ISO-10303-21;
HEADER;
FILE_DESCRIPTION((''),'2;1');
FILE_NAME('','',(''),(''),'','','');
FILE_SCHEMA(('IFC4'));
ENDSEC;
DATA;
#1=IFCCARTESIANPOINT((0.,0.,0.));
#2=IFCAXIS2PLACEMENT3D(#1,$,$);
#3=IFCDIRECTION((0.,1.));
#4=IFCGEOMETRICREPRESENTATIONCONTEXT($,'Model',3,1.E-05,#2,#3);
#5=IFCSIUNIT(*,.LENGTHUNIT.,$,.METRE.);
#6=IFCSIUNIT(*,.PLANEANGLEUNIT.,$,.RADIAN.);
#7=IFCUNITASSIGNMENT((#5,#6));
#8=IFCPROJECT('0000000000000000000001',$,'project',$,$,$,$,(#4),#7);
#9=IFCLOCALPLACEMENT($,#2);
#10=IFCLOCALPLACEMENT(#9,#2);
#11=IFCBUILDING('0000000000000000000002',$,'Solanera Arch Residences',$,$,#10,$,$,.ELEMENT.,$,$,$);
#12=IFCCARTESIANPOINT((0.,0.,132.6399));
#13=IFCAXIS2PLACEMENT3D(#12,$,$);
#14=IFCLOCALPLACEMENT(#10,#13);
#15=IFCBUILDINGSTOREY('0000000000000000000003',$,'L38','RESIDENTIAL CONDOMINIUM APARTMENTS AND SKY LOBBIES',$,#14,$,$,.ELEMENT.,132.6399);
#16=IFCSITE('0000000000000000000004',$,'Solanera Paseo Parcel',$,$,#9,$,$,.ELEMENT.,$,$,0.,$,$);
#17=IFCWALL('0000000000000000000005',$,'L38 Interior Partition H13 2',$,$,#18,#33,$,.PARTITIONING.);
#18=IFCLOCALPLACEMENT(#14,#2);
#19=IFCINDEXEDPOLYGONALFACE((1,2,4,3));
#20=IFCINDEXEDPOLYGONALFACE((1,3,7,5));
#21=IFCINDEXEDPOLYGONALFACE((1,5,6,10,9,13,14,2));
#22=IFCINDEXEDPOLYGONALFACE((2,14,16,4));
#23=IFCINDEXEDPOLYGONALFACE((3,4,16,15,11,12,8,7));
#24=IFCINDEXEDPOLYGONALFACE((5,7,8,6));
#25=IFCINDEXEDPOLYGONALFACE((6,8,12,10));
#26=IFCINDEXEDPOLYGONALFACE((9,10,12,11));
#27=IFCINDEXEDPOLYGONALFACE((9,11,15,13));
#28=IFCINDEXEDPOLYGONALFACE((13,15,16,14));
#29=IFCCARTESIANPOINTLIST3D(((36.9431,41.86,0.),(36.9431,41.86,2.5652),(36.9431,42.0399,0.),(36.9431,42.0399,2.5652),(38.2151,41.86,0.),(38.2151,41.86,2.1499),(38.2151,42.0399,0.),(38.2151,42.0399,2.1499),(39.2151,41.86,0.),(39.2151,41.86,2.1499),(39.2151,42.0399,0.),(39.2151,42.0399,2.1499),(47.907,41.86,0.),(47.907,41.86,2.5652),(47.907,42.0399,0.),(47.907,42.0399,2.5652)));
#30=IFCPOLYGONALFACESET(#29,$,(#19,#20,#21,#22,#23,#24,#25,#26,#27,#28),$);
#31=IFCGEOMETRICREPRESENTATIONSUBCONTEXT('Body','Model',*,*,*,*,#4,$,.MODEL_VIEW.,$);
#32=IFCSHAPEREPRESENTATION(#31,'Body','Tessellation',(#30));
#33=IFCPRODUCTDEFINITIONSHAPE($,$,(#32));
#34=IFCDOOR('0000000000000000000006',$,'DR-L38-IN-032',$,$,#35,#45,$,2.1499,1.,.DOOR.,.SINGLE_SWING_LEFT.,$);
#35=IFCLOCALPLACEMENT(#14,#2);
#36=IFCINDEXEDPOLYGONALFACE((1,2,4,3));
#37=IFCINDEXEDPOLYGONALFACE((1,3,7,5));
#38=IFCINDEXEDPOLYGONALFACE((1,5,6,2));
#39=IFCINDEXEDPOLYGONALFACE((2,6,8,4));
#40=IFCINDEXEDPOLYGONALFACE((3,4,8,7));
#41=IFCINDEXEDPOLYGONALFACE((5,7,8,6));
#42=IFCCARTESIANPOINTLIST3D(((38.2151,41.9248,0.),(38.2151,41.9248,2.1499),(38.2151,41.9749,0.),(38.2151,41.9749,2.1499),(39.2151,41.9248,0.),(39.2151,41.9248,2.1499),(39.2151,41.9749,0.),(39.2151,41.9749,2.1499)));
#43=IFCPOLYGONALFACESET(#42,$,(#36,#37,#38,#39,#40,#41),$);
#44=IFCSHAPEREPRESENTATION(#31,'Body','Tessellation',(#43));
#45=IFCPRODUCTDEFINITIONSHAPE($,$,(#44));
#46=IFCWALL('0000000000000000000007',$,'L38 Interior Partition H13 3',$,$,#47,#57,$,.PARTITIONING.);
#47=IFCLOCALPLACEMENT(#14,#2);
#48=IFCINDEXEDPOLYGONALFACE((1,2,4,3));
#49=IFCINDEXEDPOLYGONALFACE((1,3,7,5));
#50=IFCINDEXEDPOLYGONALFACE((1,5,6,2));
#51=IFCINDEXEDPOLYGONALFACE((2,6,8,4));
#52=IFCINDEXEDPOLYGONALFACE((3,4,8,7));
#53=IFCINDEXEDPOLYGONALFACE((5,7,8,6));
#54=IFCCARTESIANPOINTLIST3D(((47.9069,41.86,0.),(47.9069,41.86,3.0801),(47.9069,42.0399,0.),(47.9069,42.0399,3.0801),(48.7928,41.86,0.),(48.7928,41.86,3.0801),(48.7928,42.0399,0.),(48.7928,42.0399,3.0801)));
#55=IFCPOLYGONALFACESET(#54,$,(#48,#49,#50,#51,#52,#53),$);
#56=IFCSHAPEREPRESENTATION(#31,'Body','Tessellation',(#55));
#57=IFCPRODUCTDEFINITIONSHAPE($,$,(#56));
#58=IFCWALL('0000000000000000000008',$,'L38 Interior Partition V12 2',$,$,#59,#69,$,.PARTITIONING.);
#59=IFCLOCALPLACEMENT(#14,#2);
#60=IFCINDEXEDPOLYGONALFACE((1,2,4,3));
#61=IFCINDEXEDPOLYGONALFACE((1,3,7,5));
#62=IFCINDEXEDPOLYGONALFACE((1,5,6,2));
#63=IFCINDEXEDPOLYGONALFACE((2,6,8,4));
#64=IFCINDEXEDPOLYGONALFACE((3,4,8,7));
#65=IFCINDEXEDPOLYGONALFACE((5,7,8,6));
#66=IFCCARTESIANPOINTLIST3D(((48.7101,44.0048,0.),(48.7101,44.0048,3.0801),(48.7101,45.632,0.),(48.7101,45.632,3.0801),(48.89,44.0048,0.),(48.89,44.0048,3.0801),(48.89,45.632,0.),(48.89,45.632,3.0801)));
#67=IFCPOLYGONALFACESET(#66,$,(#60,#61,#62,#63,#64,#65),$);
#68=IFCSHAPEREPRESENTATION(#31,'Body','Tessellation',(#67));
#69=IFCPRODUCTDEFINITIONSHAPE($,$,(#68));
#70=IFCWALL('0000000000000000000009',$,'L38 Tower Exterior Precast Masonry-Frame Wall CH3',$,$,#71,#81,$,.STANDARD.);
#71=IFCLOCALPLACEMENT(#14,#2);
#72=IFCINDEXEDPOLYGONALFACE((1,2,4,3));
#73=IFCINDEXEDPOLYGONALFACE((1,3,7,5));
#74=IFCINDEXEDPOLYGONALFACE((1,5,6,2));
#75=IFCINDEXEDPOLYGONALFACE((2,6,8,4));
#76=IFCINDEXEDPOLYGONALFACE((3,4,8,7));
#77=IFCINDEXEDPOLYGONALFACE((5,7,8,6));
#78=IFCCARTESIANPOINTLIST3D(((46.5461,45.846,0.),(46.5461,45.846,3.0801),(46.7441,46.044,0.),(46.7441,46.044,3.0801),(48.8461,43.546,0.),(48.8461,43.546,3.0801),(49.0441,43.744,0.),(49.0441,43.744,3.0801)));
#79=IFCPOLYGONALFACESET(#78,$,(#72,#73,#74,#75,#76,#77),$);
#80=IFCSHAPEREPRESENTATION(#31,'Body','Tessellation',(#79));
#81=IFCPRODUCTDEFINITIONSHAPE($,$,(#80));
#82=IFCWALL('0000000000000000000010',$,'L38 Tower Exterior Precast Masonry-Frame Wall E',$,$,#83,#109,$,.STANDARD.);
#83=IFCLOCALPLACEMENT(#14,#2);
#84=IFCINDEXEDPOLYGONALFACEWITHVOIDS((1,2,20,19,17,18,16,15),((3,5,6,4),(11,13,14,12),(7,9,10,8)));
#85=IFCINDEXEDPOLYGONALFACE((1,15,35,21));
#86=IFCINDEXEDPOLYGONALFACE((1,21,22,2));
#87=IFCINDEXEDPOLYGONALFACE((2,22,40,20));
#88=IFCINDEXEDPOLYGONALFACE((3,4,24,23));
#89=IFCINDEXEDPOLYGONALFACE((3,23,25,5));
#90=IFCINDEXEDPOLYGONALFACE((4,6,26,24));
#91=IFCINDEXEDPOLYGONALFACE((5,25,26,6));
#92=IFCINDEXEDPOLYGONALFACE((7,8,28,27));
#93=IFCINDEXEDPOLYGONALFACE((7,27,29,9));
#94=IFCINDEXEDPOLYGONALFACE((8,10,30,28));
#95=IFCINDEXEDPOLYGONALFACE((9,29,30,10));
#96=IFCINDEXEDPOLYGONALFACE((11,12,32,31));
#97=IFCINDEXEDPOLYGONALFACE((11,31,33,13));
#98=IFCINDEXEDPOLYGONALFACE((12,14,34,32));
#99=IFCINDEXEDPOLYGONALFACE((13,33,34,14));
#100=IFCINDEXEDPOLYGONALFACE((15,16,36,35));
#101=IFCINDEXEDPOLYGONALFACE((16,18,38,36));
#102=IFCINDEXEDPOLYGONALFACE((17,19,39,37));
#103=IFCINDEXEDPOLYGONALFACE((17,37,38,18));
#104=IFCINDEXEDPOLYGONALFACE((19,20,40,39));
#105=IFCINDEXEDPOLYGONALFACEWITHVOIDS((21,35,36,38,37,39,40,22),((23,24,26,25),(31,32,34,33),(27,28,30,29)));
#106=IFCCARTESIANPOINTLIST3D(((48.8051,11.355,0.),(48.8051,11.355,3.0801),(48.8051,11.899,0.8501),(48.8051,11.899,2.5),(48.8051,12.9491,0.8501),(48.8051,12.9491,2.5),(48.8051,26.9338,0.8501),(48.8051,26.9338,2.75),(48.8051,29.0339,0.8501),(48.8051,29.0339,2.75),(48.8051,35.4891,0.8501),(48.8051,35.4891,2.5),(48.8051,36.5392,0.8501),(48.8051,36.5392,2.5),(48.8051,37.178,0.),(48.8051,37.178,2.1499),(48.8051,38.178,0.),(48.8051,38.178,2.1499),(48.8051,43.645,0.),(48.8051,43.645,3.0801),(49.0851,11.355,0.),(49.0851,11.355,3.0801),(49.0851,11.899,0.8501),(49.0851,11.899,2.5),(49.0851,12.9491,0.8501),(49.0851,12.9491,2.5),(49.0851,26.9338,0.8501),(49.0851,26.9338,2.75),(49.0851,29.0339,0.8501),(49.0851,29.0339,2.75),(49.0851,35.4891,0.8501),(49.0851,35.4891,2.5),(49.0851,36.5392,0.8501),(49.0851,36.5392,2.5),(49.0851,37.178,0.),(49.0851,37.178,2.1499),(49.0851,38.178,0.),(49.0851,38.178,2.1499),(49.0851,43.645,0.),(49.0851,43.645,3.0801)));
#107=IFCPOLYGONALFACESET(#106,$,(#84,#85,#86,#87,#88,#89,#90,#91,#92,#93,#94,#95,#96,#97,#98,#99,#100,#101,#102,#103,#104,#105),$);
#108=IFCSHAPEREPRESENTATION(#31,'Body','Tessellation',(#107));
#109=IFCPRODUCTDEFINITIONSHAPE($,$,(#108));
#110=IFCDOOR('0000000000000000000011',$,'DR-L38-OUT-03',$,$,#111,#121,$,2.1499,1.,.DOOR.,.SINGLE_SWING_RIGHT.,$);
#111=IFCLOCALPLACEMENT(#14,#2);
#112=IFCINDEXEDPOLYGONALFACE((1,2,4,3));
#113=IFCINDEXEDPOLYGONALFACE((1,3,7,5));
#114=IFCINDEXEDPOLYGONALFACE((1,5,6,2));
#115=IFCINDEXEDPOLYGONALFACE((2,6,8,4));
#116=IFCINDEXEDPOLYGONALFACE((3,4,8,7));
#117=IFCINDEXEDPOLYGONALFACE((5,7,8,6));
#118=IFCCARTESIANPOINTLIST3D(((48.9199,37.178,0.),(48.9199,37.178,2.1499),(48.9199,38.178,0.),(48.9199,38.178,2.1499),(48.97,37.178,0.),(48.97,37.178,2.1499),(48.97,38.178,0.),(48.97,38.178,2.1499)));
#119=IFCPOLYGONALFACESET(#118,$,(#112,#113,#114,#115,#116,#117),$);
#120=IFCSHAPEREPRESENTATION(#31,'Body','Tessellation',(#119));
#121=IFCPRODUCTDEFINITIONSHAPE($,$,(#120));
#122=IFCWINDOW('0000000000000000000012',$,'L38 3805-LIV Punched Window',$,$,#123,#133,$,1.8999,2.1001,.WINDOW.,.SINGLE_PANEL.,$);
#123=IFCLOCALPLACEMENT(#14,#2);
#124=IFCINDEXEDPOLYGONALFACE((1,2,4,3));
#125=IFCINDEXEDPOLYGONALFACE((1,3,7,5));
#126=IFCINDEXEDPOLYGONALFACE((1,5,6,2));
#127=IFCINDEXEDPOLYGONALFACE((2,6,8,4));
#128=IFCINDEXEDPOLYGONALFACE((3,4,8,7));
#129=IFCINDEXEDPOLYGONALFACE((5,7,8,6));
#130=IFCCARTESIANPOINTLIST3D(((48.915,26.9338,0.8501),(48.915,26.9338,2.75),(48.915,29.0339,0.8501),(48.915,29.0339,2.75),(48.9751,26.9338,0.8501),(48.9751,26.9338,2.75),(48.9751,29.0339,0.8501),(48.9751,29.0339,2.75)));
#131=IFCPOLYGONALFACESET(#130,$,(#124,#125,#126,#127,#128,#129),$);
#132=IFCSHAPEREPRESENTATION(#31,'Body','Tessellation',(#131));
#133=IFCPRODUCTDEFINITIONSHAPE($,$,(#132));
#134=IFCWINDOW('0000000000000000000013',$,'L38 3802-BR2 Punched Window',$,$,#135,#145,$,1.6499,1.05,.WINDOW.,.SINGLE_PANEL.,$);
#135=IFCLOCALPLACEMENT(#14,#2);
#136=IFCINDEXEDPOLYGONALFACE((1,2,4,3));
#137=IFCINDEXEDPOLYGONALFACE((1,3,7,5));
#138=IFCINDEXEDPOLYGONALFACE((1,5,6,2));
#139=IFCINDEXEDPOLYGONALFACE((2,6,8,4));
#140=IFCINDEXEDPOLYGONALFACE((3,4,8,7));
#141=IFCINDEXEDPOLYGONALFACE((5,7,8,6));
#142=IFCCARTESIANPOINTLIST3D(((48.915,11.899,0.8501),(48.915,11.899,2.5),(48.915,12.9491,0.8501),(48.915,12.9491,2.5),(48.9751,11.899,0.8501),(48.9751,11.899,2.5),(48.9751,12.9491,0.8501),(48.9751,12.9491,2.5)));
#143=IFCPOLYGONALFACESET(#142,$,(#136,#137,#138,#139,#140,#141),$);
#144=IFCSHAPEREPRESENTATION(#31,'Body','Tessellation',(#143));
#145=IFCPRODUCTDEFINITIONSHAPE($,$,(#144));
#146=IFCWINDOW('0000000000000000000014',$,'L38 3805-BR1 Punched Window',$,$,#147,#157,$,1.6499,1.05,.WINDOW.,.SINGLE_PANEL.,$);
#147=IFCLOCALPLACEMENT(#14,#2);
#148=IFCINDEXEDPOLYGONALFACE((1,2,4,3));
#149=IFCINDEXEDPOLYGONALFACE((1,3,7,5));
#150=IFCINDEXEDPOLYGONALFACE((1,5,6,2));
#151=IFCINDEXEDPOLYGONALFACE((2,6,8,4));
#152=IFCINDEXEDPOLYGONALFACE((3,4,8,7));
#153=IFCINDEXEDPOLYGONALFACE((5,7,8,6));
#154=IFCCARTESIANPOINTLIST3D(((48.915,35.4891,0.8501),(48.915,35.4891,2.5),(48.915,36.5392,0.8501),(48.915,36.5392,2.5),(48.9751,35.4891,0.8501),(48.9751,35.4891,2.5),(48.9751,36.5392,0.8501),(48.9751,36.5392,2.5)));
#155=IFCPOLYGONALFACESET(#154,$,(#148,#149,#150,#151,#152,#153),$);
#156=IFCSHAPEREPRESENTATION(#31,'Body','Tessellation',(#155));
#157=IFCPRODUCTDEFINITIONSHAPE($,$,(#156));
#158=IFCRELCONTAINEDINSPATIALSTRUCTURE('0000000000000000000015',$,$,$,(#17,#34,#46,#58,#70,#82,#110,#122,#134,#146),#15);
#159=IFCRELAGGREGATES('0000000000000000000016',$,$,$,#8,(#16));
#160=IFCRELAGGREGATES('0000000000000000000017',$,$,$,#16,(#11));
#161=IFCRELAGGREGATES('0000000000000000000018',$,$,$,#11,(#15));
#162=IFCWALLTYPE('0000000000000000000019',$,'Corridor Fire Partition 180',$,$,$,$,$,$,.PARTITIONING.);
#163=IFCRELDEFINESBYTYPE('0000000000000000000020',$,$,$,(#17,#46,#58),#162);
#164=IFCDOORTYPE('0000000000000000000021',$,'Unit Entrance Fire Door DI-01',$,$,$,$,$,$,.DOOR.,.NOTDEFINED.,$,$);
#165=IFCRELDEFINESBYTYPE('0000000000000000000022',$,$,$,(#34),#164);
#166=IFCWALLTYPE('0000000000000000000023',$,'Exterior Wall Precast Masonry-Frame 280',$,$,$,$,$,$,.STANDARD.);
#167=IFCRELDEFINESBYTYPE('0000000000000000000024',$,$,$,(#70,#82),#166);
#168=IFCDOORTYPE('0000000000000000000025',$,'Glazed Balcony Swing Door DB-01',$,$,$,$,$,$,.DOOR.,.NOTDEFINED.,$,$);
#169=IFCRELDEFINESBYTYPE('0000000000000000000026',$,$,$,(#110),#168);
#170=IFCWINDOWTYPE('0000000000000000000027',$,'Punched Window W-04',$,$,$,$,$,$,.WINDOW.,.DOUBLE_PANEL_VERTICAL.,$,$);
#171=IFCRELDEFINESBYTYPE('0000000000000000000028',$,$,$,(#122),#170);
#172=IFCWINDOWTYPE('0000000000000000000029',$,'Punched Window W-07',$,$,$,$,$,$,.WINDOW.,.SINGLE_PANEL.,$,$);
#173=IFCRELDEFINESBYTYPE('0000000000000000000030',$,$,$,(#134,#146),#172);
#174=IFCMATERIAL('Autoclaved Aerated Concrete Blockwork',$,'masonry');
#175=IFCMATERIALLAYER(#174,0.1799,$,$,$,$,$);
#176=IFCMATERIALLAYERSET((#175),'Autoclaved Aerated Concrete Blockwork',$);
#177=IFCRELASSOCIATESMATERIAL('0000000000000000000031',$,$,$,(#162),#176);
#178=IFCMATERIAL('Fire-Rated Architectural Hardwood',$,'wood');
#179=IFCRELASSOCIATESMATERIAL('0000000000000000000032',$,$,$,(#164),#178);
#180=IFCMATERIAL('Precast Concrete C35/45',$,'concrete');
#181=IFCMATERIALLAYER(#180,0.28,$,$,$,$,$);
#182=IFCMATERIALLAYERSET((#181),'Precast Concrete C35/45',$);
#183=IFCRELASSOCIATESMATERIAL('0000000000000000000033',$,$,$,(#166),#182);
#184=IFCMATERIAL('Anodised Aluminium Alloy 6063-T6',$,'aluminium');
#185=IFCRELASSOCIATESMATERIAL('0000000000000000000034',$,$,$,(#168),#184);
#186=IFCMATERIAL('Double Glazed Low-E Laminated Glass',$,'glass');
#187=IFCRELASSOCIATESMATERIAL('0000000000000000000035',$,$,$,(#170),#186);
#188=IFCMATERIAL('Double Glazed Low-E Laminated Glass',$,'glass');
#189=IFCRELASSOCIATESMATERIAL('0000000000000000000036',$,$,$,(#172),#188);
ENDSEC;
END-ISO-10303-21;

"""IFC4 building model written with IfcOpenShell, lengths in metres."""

from ifc_helpers import new_model, si_unit, direction, frame, frame_2d, origin, place, context, subcontext, project, spatial, rectangle, extrude, material, layer, layer_set, type_object, element, fill, save


model = new_model("IFC4")

# Units and contexts
model_context = context("Model", 3, precision=1e-05, world=origin(), true_north=direction((0.0, 1.0)))
body_context = subcontext(model_context, "Body", "Model", "MODEL_VIEW")
ifc_project = project(units=[si_unit("LENGTHUNIT", "METRE"), si_unit("PLANEANGLEUNIT", "RADIAN")], contexts=[model_context])

# Site, building, storey
site_placement = place(None, origin())
site = spatial("IfcSite", under=ifc_project, at=site_placement, Name="Solanera Paseo Parcel", CompositionType="ELEMENT", RefElevation=0.0)
building_placement = place(site_placement, origin())
building = spatial("IfcBuilding", under=site, at=building_placement, Name="Solanera Arch Residences", CompositionType="ELEMENT")
storey_placement = place(building_placement, frame((0.0, 0.0, 132.6399)))
storey = spatial("IfcBuildingStorey", under=building, at=storey_placement, Name="L38", Description="RESIDENTIAL CONDOMINIUM APARTMENTS AND SKY LOBBIES", CompositionType="ELEMENT", Elevation=132.6399)

# Shared definitions
ifc_material_1 = material(Name="Autoclaved Aerated Concrete Blockwork", Category="masonry")
ifc_layer_1 = layer(ifc_material_1, 0.1799)
ifc_layer_set_1 = layer_set([ifc_layer_1], Name="Autoclaved Aerated Concrete Blockwork")
wall_type_1 = type_object("IfcWallType", Name="Corridor Fire Partition 180", PredefinedType="PARTITIONING", material=ifc_layer_set_1)

# Wall, opening, door
wall_1_placement = place(storey_placement, frame((36.9431, 41.95, 0.0), z_axis=(0.0, 0.0, 1.0), x_axis=(1.0, 0.0, 0.0)))
wall_1 = element("IfcWall", 1, at=wall_1_placement, inside=storey, type_object=wall_type_1, Name="L38 Interior Partition H13 2", PredefinedType="PARTITIONING", context=body_context, shape_type="SweptSolid", body=[
    extrude(rectangle(XDim=10.9639, YDim=0.1799, at=frame_2d((5.4819, 0.0))), origin(), (0.0, 0.0, 1.0), 2.5652),
])
opening_1_placement = place(wall_1_placement, frame((1.272, 0.0, 0.0)))
opening_1 = element("IfcOpeningElement", 2, at=opening_1_placement, cuts=wall_1, PredefinedType="OPENING", context=body_context, shape_type="SweptSolid", body=[
    extrude(rectangle(XDim=1.0, YDim=2.1499, at=frame_2d((0.5, 1.075))), frame((0.0, 0.1001, 0.0), z_axis=(0.0, -1.0, 0.0), x_axis=(1.0, 0.0, 0.0)), (0.0, 0.0, 1.0), 0.1999),
])
ifc_material_2 = material(Name="Fire-Rated Architectural Hardwood", Category="wood")
door_type_1 = type_object("IfcDoorType", Name="Unit Entrance Fire Door DI-01", OperationType="NOTDEFINED", PredefinedType="DOOR", material=ifc_material_2)
door_1_placement = place(opening_1_placement, origin())
door_1 = element("IfcDoor", 3, at=door_1_placement, inside=storey, type_object=door_type_1, Name="DR-L38-IN-032", OperationType="SINGLE_SWING_LEFT", OverallHeight=2.1499, OverallWidth=1.0, PredefinedType="DOOR", context=body_context, shape_type="SweptSolid", body=[
    extrude(rectangle(XDim=1.0, YDim=2.1499, at=frame_2d((0.5, 1.075))), frame((0.0, 0.0249, 0.0), z_axis=(0.0, -1.0, 0.0), x_axis=(1.0, 0.0, 0.0)), (0.0, 0.0, 1.0), 0.05),
])
fill(opening_1, door_1)

# Walls
wall_2_placement = place(storey_placement, frame((47.907, 41.95, 0.0), z_axis=(0.0, 0.0, 1.0), x_axis=(1.0, 0.0, 0.0)))
element("IfcWall", 4, at=wall_2_placement, inside=storey, type_object=wall_type_1, Name="L38 Interior Partition H13 3", PredefinedType="PARTITIONING", context=body_context, shape_type="SweptSolid", body=[
    extrude(rectangle(XDim=0.886, YDim=0.1799, at=frame_2d((0.4429, 0.0))), origin(), (0.0, 0.0, 1.0), 3.0801),
])
wall_3_placement = place(storey_placement, frame((48.8, 44.0049, 0.0), z_axis=(0.0, 0.0, 1.0), x_axis=(0.0, 1.0, 0.0)))
element("IfcWall", 5, at=wall_3_placement, inside=storey, type_object=wall_type_1, Name="L38 Interior Partition V12 2", PredefinedType="PARTITIONING", context=body_context, shape_type="SweptSolid", body=[
    extrude(rectangle(XDim=1.6272, YDim=0.1799, at=frame_2d((0.8135, 0.0))), origin(), (0.0, 0.0, 1.0), 3.0801),
])
ifc_material_3 = material(Name="Precast Concrete C35/45", Category="concrete")
ifc_layer_2 = layer(ifc_material_3, 0.28)
ifc_layer_set_2 = layer_set([ifc_layer_2], Name="Precast Concrete C35/45")
wall_type_2 = type_object("IfcWallType", Name="Exterior Wall Precast Masonry-Frame 280", PredefinedType="STANDARD", material=ifc_layer_set_2)
wall_4_placement = place(storey_placement, frame((46.645, 45.9451, 0.0), z_axis=(0.0, 0.0, 1.0), x_axis=(0.707107, -0.707107, 0.0)))
element("IfcWall", 6, at=wall_4_placement, inside=storey, type_object=wall_type_2, Name="L38 Tower Exterior Precast Masonry-Frame Wall CH3", PredefinedType="STANDARD", context=body_context, shape_type="SweptSolid", body=[
    extrude(rectangle(XDim=3.2527, YDim=0.28, at=frame_2d((1.6265, 0.0))), origin(), (0.0, 0.0, 1.0), 3.0801),
])

# Wall, openings, door, windows
wall_5_placement = place(storey_placement, frame((48.9451, 43.645, 0.0), z_axis=(0.0, 0.0, 1.0), x_axis=(0.0, -1.0, 0.0)))
wall_5 = element("IfcWall", 7, at=wall_5_placement, inside=storey, type_object=wall_type_2, Name="L38 Tower Exterior Precast Masonry-Frame Wall E", PredefinedType="STANDARD", context=body_context, shape_type="SweptSolid", body=[
    extrude(rectangle(XDim=32.29, YDim=0.28, at=frame_2d((16.145, 0.0))), origin(), (0.0, 0.0, 1.0), 3.0801),
])
opening_2_placement = place(wall_5_placement, frame((5.467, 0.0, 0.0)))
opening_2 = element("IfcOpeningElement", 8, at=opening_2_placement, cuts=wall_5, PredefinedType="OPENING", context=body_context, shape_type="SweptSolid", body=[
    extrude(rectangle(XDim=1.0, YDim=2.1499, at=frame_2d((0.5, 1.075))), frame((0.0, 0.1499, 0.0), z_axis=(0.0, -1.0, 0.0), x_axis=(1.0, 0.0, 0.0)), (0.0, 0.0, 1.0), 0.3),
])
opening_3_placement = place(wall_5_placement, frame((30.696, 0.0, 0.8501)))
opening_3 = element("IfcOpeningElement", 9, at=opening_3_placement, cuts=wall_5, PredefinedType="OPENING", context=body_context, shape_type="SweptSolid", body=[
    extrude(rectangle(XDim=1.05, YDim=1.6499, at=frame_2d((0.5249, 0.825))), frame((0.0, 0.1499, 0.0), z_axis=(0.0, -1.0, 0.0), x_axis=(1.0, 0.0, 0.0)), (0.0, 0.0, 1.0), 0.3),
])
opening_4_placement = place(wall_5_placement, frame((14.6111, 0.0, 0.8501)))
opening_4 = element("IfcOpeningElement", 10, at=opening_4_placement, cuts=wall_5, PredefinedType="OPENING", context=body_context, shape_type="SweptSolid", body=[
    extrude(rectangle(XDim=2.1001, YDim=1.8999, at=frame_2d((1.05, 0.95))), frame((0.0, 0.1499, 0.0), z_axis=(0.0, -1.0, 0.0), x_axis=(1.0, 0.0, 0.0)), (0.0, 0.0, 1.0), 0.3),
])
opening_5_placement = place(wall_5_placement, frame((7.106, 0.0, 0.8501)))
opening_5 = element("IfcOpeningElement", 11, at=opening_5_placement, cuts=wall_5, PredefinedType="OPENING", context=body_context, shape_type="SweptSolid", body=[
    extrude(rectangle(XDim=1.05, YDim=1.6499, at=frame_2d((0.5249, 0.825))), frame((0.0, 0.1499, 0.0), z_axis=(0.0, -1.0, 0.0), x_axis=(1.0, 0.0, 0.0)), (0.0, 0.0, 1.0), 0.3),
])
ifc_material_4 = material(Name="Anodised Aluminium Alloy 6063-T6", Category="aluminium")
door_type_2 = type_object("IfcDoorType", Name="Glazed Balcony Swing Door DB-01", OperationType="NOTDEFINED", PredefinedType="DOOR", material=ifc_material_4)
door_2_placement = place(opening_2_placement, origin())
door_2 = element("IfcDoor", 12, at=door_2_placement, inside=storey, type_object=door_type_2, Name="DR-L38-OUT-03", OperationType="SINGLE_SWING_RIGHT", OverallHeight=2.1499, OverallWidth=1.0, PredefinedType="DOOR", context=body_context, shape_type="SweptSolid", body=[
    extrude(rectangle(XDim=1.0, YDim=2.1499, at=frame_2d((0.5, 1.075))), frame((0.0, 0.0249, 0.0), z_axis=(0.0, -1.0, 0.0), x_axis=(1.0, 0.0, 0.0)), (0.0, 0.0, 1.0), 0.05),
])
fill(opening_2, door_2)
ifc_material_5 = material(Name="Double Glazed Low-E Laminated Glass", Category="glass")
window_type_1 = type_object("IfcWindowType", Name="Punched Window W-04", PartitioningType="DOUBLE_PANEL_VERTICAL", PredefinedType="WINDOW", material=ifc_material_5)
window_1_placement = place(opening_4_placement, origin())
window_1 = element("IfcWindow", 13, at=window_1_placement, inside=storey, type_object=window_type_1, Name="L38 3805-LIV Punched Window", OverallHeight=1.8999, OverallWidth=2.1001, PartitioningType="SINGLE_PANEL", PredefinedType="WINDOW", context=body_context, shape_type="SweptSolid", body=[
    extrude(rectangle(XDim=2.1001, YDim=1.8999, at=frame_2d((1.05, 0.95))), frame((0.0, 0.03, 0.0), z_axis=(0.0, -1.0, 0.0), x_axis=(1.0, 0.0, 0.0)), (0.0, 0.0, 1.0), 0.0601),
])
fill(opening_4, window_1)
ifc_material_6 = material(Name="Double Glazed Low-E Laminated Glass", Category="glass")
window_type_2 = type_object("IfcWindowType", Name="Punched Window W-07", PartitioningType="SINGLE_PANEL", PredefinedType="WINDOW", material=ifc_material_6)
window_2_placement = place(opening_3_placement, origin())
window_2 = element("IfcWindow", 14, at=window_2_placement, inside=storey, type_object=window_type_2, Name="L38 3802-BR2 Punched Window", OverallHeight=1.6499, OverallWidth=1.05, PartitioningType="SINGLE_PANEL", PredefinedType="WINDOW", context=body_context, shape_type="SweptSolid", body=[
    extrude(rectangle(XDim=1.05, YDim=1.6499, at=frame_2d((0.5249, 0.825))), frame((0.0, 0.03, 0.0), z_axis=(0.0, -1.0, 0.0), x_axis=(1.0, 0.0, 0.0)), (0.0, 0.0, 1.0), 0.0601),
])
fill(opening_3, window_2)
window_3_placement = place(opening_5_placement, origin())
window_3 = element("IfcWindow", 15, at=window_3_placement, inside=storey, type_object=window_type_2, Name="L38 3805-BR1 Punched Window", OverallHeight=1.6499, OverallWidth=1.05, PartitioningType="SINGLE_PANEL", PredefinedType="WINDOW", context=body_context, shape_type="SweptSolid", body=[
    extrude(rectangle(XDim=1.05, YDim=1.6499, at=frame_2d((0.5249, 0.825))), frame((0.0, 0.03, 0.0), z_axis=(0.0, -1.0, 0.0), x_axis=(1.0, 0.0, 0.0)), (0.0, 0.0, 1.0), 0.0601),
])
fill(opening_5, window_3)

save(model, "model.ifc")
